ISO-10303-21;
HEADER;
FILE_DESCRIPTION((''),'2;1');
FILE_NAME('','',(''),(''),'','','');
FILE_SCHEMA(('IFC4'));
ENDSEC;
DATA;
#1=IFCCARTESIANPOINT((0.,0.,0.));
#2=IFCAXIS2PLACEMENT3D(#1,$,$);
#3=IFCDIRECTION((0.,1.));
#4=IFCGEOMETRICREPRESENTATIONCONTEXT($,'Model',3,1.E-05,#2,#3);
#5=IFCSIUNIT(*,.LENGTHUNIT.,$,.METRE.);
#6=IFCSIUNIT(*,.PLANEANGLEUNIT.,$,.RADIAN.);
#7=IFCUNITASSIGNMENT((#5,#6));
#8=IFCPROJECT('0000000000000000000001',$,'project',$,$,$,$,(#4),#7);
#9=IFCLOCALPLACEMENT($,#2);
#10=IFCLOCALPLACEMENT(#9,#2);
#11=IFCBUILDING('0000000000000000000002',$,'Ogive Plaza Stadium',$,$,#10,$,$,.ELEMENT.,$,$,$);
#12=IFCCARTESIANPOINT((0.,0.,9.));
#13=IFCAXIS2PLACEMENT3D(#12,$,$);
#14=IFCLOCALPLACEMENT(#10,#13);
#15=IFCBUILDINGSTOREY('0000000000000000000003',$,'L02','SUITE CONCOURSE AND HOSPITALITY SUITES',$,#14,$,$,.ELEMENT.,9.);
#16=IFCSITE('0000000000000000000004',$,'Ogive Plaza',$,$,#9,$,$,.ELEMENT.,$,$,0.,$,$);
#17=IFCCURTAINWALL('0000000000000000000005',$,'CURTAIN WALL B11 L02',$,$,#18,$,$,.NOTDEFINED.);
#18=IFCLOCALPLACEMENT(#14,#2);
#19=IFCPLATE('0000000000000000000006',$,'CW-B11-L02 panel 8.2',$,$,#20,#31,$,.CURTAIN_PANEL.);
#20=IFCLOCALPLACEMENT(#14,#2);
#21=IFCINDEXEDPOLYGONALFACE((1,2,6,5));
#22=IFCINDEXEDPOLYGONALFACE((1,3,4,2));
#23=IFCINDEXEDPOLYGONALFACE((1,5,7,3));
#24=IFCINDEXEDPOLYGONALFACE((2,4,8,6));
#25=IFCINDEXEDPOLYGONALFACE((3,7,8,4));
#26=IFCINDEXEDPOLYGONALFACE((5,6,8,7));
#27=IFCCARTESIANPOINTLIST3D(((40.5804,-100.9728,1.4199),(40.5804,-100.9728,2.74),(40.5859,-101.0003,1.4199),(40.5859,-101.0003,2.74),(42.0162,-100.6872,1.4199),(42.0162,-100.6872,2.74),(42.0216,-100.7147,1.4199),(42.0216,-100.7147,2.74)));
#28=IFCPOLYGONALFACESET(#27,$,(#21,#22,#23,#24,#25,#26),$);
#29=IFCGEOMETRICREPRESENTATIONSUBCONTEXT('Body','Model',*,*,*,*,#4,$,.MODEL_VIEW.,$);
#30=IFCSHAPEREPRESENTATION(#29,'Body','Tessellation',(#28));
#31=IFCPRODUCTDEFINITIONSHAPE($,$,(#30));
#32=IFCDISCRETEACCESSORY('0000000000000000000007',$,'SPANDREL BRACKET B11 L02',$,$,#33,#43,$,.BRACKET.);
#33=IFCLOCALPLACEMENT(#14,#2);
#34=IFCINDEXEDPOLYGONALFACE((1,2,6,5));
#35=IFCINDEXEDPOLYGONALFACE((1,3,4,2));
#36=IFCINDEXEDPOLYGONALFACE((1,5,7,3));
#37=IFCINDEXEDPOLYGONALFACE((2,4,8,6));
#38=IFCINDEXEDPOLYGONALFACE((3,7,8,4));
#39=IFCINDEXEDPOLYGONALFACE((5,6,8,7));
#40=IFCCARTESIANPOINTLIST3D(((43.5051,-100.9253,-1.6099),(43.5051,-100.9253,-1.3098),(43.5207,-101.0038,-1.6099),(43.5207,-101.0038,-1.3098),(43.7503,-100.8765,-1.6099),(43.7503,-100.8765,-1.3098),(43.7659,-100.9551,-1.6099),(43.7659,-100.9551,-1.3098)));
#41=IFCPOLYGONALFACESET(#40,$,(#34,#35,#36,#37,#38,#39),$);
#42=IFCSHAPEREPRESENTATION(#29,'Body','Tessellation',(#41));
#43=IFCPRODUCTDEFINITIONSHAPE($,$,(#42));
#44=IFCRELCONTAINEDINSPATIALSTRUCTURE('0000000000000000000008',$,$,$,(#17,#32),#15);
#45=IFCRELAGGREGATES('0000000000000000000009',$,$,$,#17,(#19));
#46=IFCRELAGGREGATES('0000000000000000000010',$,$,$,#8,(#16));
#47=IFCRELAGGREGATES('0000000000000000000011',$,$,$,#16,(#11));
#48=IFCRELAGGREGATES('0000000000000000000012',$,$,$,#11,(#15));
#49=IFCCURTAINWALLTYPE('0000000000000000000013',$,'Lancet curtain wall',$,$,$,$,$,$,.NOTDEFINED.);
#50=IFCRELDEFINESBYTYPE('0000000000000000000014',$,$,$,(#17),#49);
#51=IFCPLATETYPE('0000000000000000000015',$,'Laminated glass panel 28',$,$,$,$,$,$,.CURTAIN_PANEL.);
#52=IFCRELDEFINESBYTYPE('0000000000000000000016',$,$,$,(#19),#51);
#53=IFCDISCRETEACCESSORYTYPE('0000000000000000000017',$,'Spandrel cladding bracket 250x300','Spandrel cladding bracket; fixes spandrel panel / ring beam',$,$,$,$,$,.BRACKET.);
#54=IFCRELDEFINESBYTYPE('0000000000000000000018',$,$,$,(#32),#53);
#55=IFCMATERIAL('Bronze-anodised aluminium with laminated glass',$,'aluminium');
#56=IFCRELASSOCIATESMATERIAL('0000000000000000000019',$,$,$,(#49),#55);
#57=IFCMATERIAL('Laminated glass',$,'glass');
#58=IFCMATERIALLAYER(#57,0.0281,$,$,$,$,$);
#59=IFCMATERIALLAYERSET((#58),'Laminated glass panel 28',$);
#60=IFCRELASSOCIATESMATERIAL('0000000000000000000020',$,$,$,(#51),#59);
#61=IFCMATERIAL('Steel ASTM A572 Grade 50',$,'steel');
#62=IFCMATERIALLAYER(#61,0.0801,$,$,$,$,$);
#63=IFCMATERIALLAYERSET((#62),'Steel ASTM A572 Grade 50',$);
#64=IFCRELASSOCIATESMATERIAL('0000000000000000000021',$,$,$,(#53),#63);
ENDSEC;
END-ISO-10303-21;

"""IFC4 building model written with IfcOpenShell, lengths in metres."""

from ifc_helpers import new_model, si_unit, direction, frame, origin, origin_2d, place, context, subcontext, project, spatial, rectangle, extrude, material, layer, layer_set, type_object, element, aggregate, save


model = new_model("IFC4")

# Units and contexts
model_context = context("Model", 3, precision=1e-05, world=origin(), true_north=direction((0.0, 1.0)))
body_context = subcontext(model_context, "Body", "Model", "MODEL_VIEW")
ifc_project = project(units=[si_unit("LENGTHUNIT", "METRE"), si_unit("PLANEANGLEUNIT", "RADIAN")], contexts=[model_context])

# Site, building, storey
site_placement = place(None, origin())
site = spatial("IfcSite", under=ifc_project, at=site_placement, Name="Ogive Plaza", CompositionType="ELEMENT", RefElevation=0.0)
building_placement = place(site_placement, origin())
building = spatial("IfcBuilding", under=site, at=building_placement, Name="Ogive Plaza Stadium", CompositionType="ELEMENT")
storey_placement = place(building_placement, frame((0.0, 0.0, 9.0)))
storey = spatial("IfcBuildingStorey", under=building, at=storey_placement, Name="L02", Description="SUITE CONCOURSE AND HOSPITALITY SUITES", CompositionType="ELEMENT", Elevation=9.0)

# Curtain wall, plate
ifc_material_1 = material(Name="Bronze-anodised aluminium with laminated glass", Category="aluminium")
curtain_wall_type = type_object("IfcCurtainWallType", Name="Lancet curtain wall", PredefinedType="NOTDEFINED", material=ifc_material_1)
curtain_wall_placement = place(storey_placement, origin())
curtain_wall = element("IfcCurtainWall", 1, at=curtain_wall_placement, inside=storey, type_object=curtain_wall_type, Name="CURTAIN WALL B11 L02", PredefinedType="NOTDEFINED")
ifc_material_2 = material(Name="Laminated glass", Category="glass")
ifc_layer_1 = layer(ifc_material_2, 0.0281)
ifc_layer_set_1 = layer_set([ifc_layer_1], Name="Laminated glass panel 28")
plate_type = type_object("IfcPlateType", Name="Laminated glass panel 28", PredefinedType="CURTAIN_PANEL", material=ifc_layer_set_1)
plate_1_placement = place(storey_placement, frame((41.301, -100.8438, 1.4199), z_axis=(0.0, 0.0, 1.0), x_axis=(-0.980785, -0.19509, 0.0)))
plate_1 = element("IfcPlate", 2, at=plate_1_placement, type_object=plate_type, Name="CW-B11-L02 panel 8.2", PredefinedType="CURTAIN_PANEL", context=body_context, shape_type="SweptSolid", body=[
    extrude(rectangle(XDim=1.4639, YDim=0.0281, at=origin_2d()), origin(), (0.0, 0.0, 1.0), 1.3201),
])
aggregate(curtain_wall, [plate_1])

# Discrete accessory
ifc_material_3 = material(Name="Steel ASTM A572 Grade 50", Category="steel")
ifc_layer_2 = layer(ifc_material_3, 0.0801)
ifc_layer_set_2 = layer_set([ifc_layer_2], Name="Steel ASTM A572 Grade 50")
discrete_accessory_type = type_object("IfcDiscreteAccessoryType", Name="Spandrel cladding bracket 250x300", Description="Spandrel cladding bracket; fixes spandrel panel / ring beam", PredefinedType="BRACKET", material=ifc_layer_set_2)
discrete_accessory_placement = place(storey_placement, frame((43.6355, -100.9402, -1.6099), z_axis=(0.0, 0.0, 1.0), x_axis=(-0.980785, -0.19509, 0.0)))
element("IfcDiscreteAccessory", 3, at=discrete_accessory_placement, inside=storey, type_object=discrete_accessory_type, Name="SPANDREL BRACKET B11 L02", PredefinedType="BRACKET", context=body_context, shape_type="SweptSolid", body=[
    extrude(rectangle(XDim=0.25, YDim=0.0801, at=origin_2d()), origin(), (0.0, 0.0, 1.0), 0.3),
])

save(model, "model.ifc")
